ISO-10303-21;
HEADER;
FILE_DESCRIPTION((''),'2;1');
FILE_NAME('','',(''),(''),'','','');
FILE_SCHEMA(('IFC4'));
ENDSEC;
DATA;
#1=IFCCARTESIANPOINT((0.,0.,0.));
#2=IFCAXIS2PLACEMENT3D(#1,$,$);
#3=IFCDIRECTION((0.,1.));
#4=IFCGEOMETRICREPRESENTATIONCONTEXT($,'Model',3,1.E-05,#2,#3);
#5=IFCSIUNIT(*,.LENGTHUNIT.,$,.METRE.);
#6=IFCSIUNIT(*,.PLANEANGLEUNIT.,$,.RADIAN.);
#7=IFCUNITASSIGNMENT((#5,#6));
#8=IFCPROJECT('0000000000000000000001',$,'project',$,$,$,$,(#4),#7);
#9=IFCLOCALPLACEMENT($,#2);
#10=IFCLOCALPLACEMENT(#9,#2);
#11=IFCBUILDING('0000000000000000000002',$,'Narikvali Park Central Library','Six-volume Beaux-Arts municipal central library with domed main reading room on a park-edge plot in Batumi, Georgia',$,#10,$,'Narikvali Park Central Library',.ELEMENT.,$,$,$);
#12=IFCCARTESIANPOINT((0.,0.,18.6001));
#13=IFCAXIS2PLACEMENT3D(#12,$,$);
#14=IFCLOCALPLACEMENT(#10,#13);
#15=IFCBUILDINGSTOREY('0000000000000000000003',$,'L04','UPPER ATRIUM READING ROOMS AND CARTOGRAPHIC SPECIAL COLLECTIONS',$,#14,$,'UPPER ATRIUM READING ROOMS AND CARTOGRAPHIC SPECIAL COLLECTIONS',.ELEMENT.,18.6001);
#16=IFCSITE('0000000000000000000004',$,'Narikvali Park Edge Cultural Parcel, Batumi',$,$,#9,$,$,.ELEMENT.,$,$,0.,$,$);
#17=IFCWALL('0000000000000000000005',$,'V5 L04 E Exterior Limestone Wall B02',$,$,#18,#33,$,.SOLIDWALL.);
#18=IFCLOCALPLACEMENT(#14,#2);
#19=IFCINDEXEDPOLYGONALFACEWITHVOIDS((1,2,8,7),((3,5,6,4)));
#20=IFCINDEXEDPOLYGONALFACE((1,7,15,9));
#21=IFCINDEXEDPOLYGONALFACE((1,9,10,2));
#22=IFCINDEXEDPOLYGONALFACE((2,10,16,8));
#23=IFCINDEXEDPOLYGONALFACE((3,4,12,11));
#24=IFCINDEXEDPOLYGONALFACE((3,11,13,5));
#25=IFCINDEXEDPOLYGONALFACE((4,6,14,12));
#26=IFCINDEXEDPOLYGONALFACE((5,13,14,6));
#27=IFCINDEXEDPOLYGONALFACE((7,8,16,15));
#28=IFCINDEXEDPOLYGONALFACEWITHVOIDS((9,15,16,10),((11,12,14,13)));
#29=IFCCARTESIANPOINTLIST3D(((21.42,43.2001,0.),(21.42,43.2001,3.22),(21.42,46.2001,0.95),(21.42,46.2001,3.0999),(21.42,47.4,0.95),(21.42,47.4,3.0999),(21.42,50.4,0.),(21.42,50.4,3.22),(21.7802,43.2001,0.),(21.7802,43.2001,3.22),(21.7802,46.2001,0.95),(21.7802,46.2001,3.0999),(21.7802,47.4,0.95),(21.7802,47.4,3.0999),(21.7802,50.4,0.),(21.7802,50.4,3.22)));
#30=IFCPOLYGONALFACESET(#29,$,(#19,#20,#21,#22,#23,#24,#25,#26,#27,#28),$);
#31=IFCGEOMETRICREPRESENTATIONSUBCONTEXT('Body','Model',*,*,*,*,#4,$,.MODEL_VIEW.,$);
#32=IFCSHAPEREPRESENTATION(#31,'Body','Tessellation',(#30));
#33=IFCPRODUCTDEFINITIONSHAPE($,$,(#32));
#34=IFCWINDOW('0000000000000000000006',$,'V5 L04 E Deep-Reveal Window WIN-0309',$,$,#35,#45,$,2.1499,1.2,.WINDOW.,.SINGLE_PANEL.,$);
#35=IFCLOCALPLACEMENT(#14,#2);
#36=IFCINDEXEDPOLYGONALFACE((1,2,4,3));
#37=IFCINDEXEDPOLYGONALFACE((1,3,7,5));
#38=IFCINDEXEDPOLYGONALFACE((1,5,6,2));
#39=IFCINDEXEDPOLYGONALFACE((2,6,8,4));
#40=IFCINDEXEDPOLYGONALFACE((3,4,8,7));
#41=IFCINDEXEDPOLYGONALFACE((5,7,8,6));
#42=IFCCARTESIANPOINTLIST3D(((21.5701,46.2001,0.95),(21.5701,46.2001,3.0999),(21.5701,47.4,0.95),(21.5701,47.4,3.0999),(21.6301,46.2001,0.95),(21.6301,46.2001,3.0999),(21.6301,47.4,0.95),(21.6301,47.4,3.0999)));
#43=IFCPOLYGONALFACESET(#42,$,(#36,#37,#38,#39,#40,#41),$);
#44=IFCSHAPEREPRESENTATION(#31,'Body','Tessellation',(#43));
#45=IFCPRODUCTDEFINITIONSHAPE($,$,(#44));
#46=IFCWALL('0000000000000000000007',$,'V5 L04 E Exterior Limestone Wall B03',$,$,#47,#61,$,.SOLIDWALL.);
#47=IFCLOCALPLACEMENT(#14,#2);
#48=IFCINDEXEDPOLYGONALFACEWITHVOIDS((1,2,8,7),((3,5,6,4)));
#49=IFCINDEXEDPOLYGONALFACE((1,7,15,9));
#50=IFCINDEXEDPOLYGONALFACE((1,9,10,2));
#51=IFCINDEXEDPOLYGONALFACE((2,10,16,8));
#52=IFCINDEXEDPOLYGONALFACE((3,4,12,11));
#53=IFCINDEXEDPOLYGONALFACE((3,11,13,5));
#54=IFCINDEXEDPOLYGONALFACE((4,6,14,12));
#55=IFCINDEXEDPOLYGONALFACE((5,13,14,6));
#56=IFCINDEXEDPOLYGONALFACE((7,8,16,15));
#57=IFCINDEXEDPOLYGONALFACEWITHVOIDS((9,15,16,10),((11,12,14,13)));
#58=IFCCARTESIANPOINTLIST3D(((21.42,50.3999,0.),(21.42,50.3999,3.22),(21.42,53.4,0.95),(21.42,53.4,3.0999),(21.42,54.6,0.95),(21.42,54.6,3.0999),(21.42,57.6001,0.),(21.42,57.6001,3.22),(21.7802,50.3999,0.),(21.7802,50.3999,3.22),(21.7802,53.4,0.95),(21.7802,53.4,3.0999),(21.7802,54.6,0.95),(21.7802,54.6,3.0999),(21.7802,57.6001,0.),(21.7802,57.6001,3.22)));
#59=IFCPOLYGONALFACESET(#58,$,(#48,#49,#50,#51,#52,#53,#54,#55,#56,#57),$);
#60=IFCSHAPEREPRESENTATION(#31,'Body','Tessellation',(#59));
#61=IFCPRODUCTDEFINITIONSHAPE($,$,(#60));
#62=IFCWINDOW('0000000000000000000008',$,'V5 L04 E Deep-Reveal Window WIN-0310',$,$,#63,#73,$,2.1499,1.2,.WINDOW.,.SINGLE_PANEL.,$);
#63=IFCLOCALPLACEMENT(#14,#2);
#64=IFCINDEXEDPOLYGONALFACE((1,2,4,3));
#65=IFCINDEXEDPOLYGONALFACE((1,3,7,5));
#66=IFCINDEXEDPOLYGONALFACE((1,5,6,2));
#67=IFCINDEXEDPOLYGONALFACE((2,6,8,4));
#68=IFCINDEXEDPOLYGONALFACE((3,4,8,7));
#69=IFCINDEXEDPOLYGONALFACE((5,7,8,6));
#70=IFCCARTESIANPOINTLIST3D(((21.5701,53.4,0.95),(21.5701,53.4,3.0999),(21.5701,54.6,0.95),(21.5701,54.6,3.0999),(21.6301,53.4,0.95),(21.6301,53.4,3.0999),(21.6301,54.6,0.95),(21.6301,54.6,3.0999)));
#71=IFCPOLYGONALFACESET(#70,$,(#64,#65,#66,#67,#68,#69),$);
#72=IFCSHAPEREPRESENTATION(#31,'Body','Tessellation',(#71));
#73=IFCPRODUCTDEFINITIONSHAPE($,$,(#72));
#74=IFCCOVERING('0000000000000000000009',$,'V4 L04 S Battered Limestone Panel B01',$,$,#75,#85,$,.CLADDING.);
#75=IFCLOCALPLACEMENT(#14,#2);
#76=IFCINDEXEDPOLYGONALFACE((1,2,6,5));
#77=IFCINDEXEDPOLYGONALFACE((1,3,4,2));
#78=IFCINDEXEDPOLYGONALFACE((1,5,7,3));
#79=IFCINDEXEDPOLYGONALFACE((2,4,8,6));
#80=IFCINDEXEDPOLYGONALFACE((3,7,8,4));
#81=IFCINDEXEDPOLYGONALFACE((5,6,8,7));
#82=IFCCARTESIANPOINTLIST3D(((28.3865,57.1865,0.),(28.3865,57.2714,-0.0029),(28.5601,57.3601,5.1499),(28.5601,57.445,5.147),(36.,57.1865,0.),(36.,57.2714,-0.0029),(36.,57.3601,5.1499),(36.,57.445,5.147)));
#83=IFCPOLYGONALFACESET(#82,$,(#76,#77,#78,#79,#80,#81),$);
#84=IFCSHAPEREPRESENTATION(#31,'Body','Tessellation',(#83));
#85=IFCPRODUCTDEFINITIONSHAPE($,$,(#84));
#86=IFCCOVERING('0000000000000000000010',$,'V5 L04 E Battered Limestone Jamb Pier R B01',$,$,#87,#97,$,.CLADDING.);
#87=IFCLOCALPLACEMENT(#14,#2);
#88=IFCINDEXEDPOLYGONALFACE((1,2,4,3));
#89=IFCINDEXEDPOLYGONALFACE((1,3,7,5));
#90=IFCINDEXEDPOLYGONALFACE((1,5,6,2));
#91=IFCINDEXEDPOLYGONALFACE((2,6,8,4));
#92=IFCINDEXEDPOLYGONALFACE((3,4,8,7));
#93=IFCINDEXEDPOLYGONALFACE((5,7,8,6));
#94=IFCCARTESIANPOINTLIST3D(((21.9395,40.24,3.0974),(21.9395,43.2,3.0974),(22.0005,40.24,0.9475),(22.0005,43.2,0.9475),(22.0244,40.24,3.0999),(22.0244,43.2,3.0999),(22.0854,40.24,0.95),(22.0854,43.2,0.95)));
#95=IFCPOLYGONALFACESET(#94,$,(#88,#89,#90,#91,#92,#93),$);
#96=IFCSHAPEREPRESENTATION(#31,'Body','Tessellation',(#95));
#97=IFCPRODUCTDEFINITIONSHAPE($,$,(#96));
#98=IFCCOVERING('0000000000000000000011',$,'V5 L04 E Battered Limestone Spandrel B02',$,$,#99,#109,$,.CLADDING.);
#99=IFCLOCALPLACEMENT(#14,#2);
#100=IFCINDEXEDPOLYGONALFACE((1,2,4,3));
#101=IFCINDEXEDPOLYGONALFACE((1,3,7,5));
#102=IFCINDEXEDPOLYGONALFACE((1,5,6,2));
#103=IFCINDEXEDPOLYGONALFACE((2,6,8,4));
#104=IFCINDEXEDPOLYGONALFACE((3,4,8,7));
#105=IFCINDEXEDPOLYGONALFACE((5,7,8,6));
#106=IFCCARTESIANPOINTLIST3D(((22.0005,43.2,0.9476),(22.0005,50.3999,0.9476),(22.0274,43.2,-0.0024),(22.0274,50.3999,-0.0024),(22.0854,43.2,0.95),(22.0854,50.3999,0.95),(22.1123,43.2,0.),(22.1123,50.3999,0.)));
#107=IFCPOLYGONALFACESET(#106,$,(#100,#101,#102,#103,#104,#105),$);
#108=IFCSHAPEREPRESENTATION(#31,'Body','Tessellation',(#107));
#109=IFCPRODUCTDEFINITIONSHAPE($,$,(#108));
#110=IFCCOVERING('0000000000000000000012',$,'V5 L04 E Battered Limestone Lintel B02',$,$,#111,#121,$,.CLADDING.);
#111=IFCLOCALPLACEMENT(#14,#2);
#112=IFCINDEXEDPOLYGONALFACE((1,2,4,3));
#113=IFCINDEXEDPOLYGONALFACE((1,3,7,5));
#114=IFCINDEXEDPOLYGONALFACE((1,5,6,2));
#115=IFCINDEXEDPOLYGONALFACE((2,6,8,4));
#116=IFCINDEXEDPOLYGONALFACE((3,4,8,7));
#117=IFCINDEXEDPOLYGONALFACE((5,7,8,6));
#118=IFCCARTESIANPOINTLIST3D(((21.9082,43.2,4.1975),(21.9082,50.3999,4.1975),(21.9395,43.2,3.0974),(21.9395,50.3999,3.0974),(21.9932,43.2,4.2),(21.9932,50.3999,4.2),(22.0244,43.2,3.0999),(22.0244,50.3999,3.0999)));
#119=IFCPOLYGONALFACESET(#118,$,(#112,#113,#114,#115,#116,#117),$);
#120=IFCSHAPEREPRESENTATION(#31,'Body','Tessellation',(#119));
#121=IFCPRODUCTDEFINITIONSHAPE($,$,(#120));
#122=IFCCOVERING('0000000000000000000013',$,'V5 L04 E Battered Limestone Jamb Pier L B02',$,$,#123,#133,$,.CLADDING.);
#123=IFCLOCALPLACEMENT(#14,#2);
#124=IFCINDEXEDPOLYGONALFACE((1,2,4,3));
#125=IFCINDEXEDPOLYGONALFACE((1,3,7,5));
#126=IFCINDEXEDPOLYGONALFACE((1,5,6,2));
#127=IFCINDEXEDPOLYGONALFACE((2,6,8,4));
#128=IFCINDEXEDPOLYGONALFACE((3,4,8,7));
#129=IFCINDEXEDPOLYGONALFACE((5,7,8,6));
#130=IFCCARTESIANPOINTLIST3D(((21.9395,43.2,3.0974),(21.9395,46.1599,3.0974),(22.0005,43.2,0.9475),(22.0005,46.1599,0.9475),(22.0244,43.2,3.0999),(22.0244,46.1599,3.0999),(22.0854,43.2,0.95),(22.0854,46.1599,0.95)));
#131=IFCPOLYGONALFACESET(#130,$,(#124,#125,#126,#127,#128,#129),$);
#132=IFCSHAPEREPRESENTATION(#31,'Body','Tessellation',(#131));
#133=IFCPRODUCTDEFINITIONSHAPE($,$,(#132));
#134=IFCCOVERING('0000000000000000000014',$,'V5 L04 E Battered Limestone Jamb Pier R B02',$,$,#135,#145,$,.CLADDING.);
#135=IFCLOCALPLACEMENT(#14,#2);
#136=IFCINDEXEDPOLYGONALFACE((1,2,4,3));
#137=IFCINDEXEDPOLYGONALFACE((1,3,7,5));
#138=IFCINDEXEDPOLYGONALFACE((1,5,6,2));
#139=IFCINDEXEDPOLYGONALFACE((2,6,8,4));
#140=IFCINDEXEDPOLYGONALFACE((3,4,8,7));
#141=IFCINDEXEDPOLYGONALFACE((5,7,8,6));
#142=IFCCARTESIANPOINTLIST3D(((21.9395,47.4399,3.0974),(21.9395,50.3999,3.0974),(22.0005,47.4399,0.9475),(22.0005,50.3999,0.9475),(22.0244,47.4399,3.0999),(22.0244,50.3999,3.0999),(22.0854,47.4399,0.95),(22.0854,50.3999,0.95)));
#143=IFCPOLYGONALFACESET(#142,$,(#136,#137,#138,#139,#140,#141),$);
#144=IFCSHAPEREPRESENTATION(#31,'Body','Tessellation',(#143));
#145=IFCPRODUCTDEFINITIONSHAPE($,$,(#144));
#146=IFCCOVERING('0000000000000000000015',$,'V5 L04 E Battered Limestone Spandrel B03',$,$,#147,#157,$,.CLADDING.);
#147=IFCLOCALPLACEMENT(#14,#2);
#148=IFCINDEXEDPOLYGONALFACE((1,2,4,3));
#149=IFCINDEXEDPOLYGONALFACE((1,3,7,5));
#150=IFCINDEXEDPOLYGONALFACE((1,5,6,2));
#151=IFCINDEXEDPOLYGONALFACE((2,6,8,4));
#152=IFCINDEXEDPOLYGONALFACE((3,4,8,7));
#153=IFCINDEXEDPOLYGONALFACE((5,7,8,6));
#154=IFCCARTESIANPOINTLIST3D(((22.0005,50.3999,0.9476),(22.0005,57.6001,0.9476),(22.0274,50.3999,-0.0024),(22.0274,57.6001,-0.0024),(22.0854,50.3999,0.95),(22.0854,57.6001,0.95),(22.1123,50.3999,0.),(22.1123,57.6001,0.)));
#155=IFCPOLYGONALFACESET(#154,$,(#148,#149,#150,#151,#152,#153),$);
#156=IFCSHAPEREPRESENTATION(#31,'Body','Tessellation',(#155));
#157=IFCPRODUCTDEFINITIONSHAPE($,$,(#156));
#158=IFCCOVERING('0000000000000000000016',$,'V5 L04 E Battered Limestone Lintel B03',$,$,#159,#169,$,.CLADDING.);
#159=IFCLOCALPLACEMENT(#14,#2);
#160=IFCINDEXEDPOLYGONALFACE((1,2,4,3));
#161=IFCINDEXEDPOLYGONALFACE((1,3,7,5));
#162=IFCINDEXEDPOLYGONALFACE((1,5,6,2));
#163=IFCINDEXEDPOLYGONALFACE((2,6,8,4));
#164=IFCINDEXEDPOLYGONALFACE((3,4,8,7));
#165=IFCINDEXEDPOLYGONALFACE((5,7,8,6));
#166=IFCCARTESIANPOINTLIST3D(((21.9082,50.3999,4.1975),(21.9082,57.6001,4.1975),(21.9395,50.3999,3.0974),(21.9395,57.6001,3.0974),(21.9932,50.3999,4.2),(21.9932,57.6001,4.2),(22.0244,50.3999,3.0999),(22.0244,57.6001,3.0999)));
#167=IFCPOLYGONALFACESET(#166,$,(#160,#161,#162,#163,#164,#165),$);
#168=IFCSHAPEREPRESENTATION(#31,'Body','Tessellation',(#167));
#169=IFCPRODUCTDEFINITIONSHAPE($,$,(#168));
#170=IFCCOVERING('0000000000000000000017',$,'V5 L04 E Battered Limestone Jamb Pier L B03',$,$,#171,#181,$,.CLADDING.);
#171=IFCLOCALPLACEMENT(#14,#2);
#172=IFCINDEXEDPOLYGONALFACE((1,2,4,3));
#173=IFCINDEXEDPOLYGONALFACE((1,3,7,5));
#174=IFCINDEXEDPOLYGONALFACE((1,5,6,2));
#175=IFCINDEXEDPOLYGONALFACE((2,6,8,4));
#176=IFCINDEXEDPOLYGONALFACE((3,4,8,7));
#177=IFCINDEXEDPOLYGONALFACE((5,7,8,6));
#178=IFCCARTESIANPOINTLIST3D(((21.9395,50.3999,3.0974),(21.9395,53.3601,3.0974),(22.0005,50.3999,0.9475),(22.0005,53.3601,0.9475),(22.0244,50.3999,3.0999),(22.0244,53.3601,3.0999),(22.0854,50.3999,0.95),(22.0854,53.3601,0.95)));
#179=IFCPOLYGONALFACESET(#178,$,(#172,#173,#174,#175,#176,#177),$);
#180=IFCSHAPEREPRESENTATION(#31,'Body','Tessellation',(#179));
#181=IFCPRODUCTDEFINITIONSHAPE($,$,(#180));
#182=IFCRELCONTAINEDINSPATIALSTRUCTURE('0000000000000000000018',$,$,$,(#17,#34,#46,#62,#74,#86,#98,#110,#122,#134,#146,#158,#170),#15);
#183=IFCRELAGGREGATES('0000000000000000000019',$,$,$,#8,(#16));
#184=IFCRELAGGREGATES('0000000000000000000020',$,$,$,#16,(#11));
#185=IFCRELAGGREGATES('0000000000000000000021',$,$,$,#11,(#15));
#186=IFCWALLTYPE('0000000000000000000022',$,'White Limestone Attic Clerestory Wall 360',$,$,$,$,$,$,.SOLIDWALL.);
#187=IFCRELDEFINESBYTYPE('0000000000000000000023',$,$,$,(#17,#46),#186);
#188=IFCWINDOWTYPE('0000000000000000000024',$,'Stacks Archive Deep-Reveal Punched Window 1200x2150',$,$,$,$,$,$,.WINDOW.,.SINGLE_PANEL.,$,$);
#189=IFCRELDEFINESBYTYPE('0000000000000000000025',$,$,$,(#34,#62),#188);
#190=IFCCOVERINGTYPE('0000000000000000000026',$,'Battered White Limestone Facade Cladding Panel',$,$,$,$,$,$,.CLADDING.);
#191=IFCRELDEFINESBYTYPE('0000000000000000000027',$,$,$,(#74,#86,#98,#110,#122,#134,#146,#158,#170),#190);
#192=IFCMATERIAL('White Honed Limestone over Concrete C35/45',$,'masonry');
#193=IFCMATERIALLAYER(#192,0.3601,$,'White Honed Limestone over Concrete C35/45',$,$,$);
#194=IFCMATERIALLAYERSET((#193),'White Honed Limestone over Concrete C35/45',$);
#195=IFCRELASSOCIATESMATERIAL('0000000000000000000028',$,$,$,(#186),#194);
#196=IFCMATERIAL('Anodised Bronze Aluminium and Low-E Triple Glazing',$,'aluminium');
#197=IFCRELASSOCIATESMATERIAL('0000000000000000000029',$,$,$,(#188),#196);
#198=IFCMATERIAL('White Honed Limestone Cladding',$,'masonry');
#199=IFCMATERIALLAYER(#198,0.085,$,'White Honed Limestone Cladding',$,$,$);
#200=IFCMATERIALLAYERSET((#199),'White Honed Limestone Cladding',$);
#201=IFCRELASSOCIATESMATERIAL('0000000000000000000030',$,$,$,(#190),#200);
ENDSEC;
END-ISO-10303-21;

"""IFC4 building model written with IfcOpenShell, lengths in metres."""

from ifc_helpers import new_model, si_unit, direction, frame, frame_2d, origin, place, context, subcontext, project, spatial, polyline, rectangle, outline, extrude, material, layer, layer_set, type_object, element, fill, save


model = new_model("IFC4")

# Units and contexts
model_context = context("Model", 3, precision=1e-05, world=origin(), true_north=direction((0.0, 1.0)))
body_context = subcontext(model_context, "Body", "Model", "MODEL_VIEW")
ifc_project = project(units=[si_unit("LENGTHUNIT", "METRE"), si_unit("PLANEANGLEUNIT", "RADIAN")], contexts=[model_context])

# Site, building, storey
site_placement = place(None, origin())
site = spatial("IfcSite", under=ifc_project, at=site_placement, Name="Narikvali Park Edge Cultural Parcel, Batumi", CompositionType="ELEMENT", RefElevation=0.0)
building_placement = place(site_placement, origin())
building = spatial("IfcBuilding", under=site, at=building_placement, Name="Narikvali Park Central Library", Description="Six-volume Beaux-Arts municipal central library with domed main reading room on a park-edge plot in Batumi, Georgia", LongName="Narikvali Park Central Library", CompositionType="ELEMENT")
storey_placement = place(building_placement, frame((0.0, 0.0, 18.6001)))
storey = spatial("IfcBuildingStorey", under=building, at=storey_placement, Name="L04", Description="UPPER ATRIUM READING ROOMS AND CARTOGRAPHIC SPECIAL COLLECTIONS", LongName="UPPER ATRIUM READING ROOMS AND CARTOGRAPHIC SPECIAL COLLECTIONS", CompositionType="ELEMENT", Elevation=18.6001)

# Walls, openings, windows
ifc_material_1 = material(Name="White Honed Limestone over Concrete C35/45", Category="masonry")
ifc_layer_1 = layer(ifc_material_1, 0.3601, Name="White Honed Limestone over Concrete C35/45")
ifc_layer_set_1 = layer_set([ifc_layer_1], Name="White Honed Limestone over Concrete C35/45")
wall_type = type_object("IfcWallType", Name="White Limestone Attic Clerestory Wall 360", PredefinedType="SOLIDWALL", material=ifc_layer_set_1)
ifc_material_2 = material(Name="Anodised Bronze Aluminium and Low-E Triple Glazing", Category="aluminium")
window_type = type_object("IfcWindowType", Name="Stacks Archive Deep-Reveal Punched Window 1200x2150", PartitioningType="SINGLE_PANEL", PredefinedType="WINDOW", material=ifc_material_2)
wall_1_placement = place(storey_placement, frame((21.6001, 43.2, 0.0), z_axis=(0.0, 0.0, 1.0), x_axis=(0.0, 1.0, 0.0)))
wall_1 = element("IfcWall", 1, at=wall_1_placement, inside=storey, type_object=wall_type, Name="V5 L04 E Exterior Limestone Wall B02", PredefinedType="SOLIDWALL", context=body_context, shape_type="SweptSolid", body=[
    extrude(rectangle(XDim=7.2, YDim=0.3601, at=frame_2d((3.6001, 0.0))), origin(), (0.0, 0.0, 1.0), 3.22),
])
opening_1_placement = place(wall_1_placement, frame((3.0, 0.0, 0.95)))
opening_1 = element("IfcOpeningElement", 2, at=opening_1_placement, cuts=wall_1, PredefinedType="OPENING", context=body_context, shape_type="SweptSolid", body=[
    extrude(rectangle(XDim=1.2, YDim=2.1499, at=frame_2d((0.6001, 1.075))), frame((0.0, 0.1919, 0.0), z_axis=(0.0, -1.0, 0.0), x_axis=(1.0, 0.0, 0.0)), (0.0, 0.0, 1.0), 0.384),
])
window_1_placement = place(opening_1_placement, origin())
window_1 = element("IfcWindow", 3, at=window_1_placement, inside=storey, type_object=window_type, Name="V5 L04 E Deep-Reveal Window WIN-0309", OverallHeight=2.1499, OverallWidth=1.2, PartitioningType="SINGLE_PANEL", PredefinedType="WINDOW", context=body_context, shape_type="SweptSolid", body=[
    extrude(rectangle(XDim=1.2, YDim=2.1499, at=frame_2d((0.6001, 1.075))), frame((0.0, 0.03, 0.0), z_axis=(0.0, -1.0, 0.0), x_axis=(1.0, 0.0, 0.0)), (0.0, 0.0, 1.0), 0.0601),
])
fill(opening_1, window_1)
wall_2_placement = place(storey_placement, frame((21.6001, 50.3999, 0.0), z_axis=(0.0, 0.0, 1.0), x_axis=(0.0, 1.0, 0.0)))
wall_2 = element("IfcWall", 4, at=wall_2_placement, inside=storey, type_object=wall_type, Name="V5 L04 E Exterior Limestone Wall B03", PredefinedType="SOLIDWALL", context=body_context, shape_type="SweptSolid", body=[
    extrude(rectangle(XDim=7.2002, YDim=0.3601, at=frame_2d((3.6001, 0.0))), origin(), (0.0, 0.0, 1.0), 3.22),
])
opening_2_placement = place(wall_2_placement, frame((3.0, 0.0, 0.95)))
opening_2 = element("IfcOpeningElement", 5, at=opening_2_placement, cuts=wall_2, PredefinedType="OPENING", context=body_context, shape_type="SweptSolid", body=[
    extrude(rectangle(XDim=1.2, YDim=2.1499, at=frame_2d((0.6001, 1.075))), frame((0.0, 0.1919, 0.0), z_axis=(0.0, -1.0, 0.0), x_axis=(1.0, 0.0, 0.0)), (0.0, 0.0, 1.0), 0.384),
])
window_2_placement = place(opening_2_placement, origin())
window_2 = element("IfcWindow", 6, at=window_2_placement, inside=storey, type_object=window_type, Name="V5 L04 E Deep-Reveal Window WIN-0310", OverallHeight=2.1499, OverallWidth=1.2, PartitioningType="SINGLE_PANEL", PredefinedType="WINDOW", context=body_context, shape_type="SweptSolid", body=[
    extrude(rectangle(XDim=1.2, YDim=2.1499, at=frame_2d((0.6001, 1.075))), frame((0.0, 0.03, 0.0), z_axis=(0.0, -1.0, 0.0), x_axis=(1.0, 0.0, 0.0)), (0.0, 0.0, 1.0), 0.0601),
])
fill(opening_2, window_2)

# Coverings
ifc_material_3 = material(Name="White Honed Limestone Cladding", Category="masonry")
ifc_layer_2 = layer(ifc_material_3, 0.085, Name="White Honed Limestone Cladding")
ifc_layer_set_2 = layer_set([ifc_layer_2], Name="White Honed Limestone Cladding")
covering_type = type_object("IfcCoveringType", Name="Battered White Limestone Facade Cladding Panel", PredefinedType="CLADDING", material=ifc_layer_set_2)
covering_1_placement = place(storey_placement, frame((28.3865, 57.1865, 0.0), z_axis=(0.0, -0.999432, 0.033687), x_axis=(1.0, 0.0, 0.0)))
element("IfcCovering", 7, at=covering_1_placement, inside=storey, type_object=covering_type, Name="V4 L04 S Battered Limestone Panel B01", PredefinedType="CLADDING", context=body_context, shape_type="SweptSolid", body=[
    extrude(outline(polyline([(0.0, 0.0), (7.6135, 0.0), (7.6135, 5.1528), (0.1736, 5.1528), (0.0, 0.0)])), origin(), (0.0, 0.0, -1.0), 0.085),
])
covering_2_placement = place(storey_placement, frame((22.0854, 40.24, 0.95), z_axis=(0.999597, 0.0, 0.028378), x_axis=(0.0, 1.0, 0.0)))
element("IfcCovering", 8, at=covering_2_placement, inside=storey, type_object=covering_type, Name="V5 L04 E Battered Limestone Jamb Pier R B01", PredefinedType="CLADDING", context=body_context, shape_type="SweptSolid", body=[
    extrude(outline(polyline([(0.0, 0.0), (2.96, 0.0), (2.96, 2.1508), (0.0, 2.1508), (0.0, 0.0)])), origin(), (0.0, 0.0, -1.0), 0.085),
])
covering_3_placement = place(storey_placement, frame((22.1123, 43.2, 0.0), z_axis=(0.999601, 0.0, 0.028259), x_axis=(0.0, 1.0, 0.0)))
element("IfcCovering", 9, at=covering_3_placement, inside=storey, type_object=covering_type, Name="V5 L04 E Battered Limestone Spandrel B02", PredefinedType="CLADDING", context=body_context, shape_type="SweptSolid", body=[
    extrude(outline(polyline([(0.0, 0.0), (7.2, 0.0), (7.2, 0.9503), (0.0, 0.9503), (0.0, 0.0)])), origin(), (0.0, 0.0, -1.0), 0.085),
])
covering_4_placement = place(storey_placement, frame((22.0244, 43.2, 3.0999), z_axis=(0.999597, 0.0, 0.028395), x_axis=(0.0, 1.0, 0.0)))
element("IfcCovering", 10, at=covering_4_placement, inside=storey, type_object=covering_type, Name="V5 L04 E Battered Limestone Lintel B02", PredefinedType="CLADDING", context=body_context, shape_type="SweptSolid", body=[
    extrude(outline(polyline([(0.0, 0.0), (7.2, 0.0), (7.2, 1.1005), (0.0, 1.1005), (0.0, 0.0)])), origin(), (0.0, 0.0, -1.0), 0.085),
])
for number, where, z_axis, x_axis, name in (
    (11, (22.0854, 43.2, 0.95), (0.999597, 0.0, 0.028378), (0.0, 1.0, 0.0), "V5 L04 E Battered Limestone Jamb Pier L B02"),
    (12, (22.0854, 47.4399, 0.95), (0.999597, 0.0, 0.028378), (0.0, 1.0, 0.0), "V5 L04 E Battered Limestone Jamb Pier R B02"),
):
    element("IfcCovering", number, at=place(storey_placement, frame(where, z_axis=z_axis, x_axis=x_axis)), inside=storey, type_object=covering_type, Name=name, PredefinedType="CLADDING", context=body_context, shape_type="SweptSolid", body=[
        extrude(outline(polyline([(0.0, 0.0), (2.96, 0.0), (2.96, 2.1508), (0.0, 2.1508), (0.0, 0.0)])), origin(), (0.0, 0.0, -1.0), 0.085),
    ])
covering_5_placement = place(storey_placement, frame((22.1123, 50.3999, 0.0), z_axis=(0.999601, 0.0, 0.028259), x_axis=(0.0, 1.0, 0.0)))
element("IfcCovering", 13, at=covering_5_placement, inside=storey, type_object=covering_type, Name="V5 L04 E Battered Limestone Spandrel B03", PredefinedType="CLADDING", context=body_context, shape_type="SweptSolid", body=[
    extrude(outline(polyline([(0.0, 0.0), (7.2002, 0.0), (7.2002, 0.9503), (0.0, 0.9503), (0.0, 0.0)])), origin(), (0.0, 0.0, -1.0), 0.085),
])
covering_6_placement = place(storey_placement, frame((22.0244, 50.3999, 3.0999), z_axis=(0.999597, 0.0, 0.028395), x_axis=(0.0, 1.0, 0.0)))
element("IfcCovering", 14, at=covering_6_placement, inside=storey, type_object=covering_type, Name="V5 L04 E Battered Limestone Lintel B03", PredefinedType="CLADDING", context=body_context, shape_type="SweptSolid", body=[
    extrude(outline(polyline([(0.0, 0.0), (7.2002, 0.0), (7.2002, 1.1005), (0.0, 1.1005), (0.0, 0.0)])), origin(), (0.0, 0.0, -1.0), 0.085),
])
for number, where, z_axis, x_axis, name in (
    (15, (22.0854, 50.3999, 0.95), (0.999597, 0.0, 0.028378), (0.0, 1.0, 0.0), "V5 L04 E Battered Limestone Jamb Pier L B03"),
):
    element("IfcCovering", number, at=place(storey_placement, frame(where, z_axis=z_axis, x_axis=x_axis)), inside=storey, type_object=covering_type, Name=name, PredefinedType="CLADDING", context=body_context, shape_type="SweptSolid", body=[
        extrude(outline(polyline([(0.0, 0.0), (2.9602, 0.0), (2.9602, 2.1508), (0.0, 2.1508), (0.0, 0.0)])), origin(), (0.0, 0.0, -1.0), 0.085),
    ])

save(model, "model.ifc")
